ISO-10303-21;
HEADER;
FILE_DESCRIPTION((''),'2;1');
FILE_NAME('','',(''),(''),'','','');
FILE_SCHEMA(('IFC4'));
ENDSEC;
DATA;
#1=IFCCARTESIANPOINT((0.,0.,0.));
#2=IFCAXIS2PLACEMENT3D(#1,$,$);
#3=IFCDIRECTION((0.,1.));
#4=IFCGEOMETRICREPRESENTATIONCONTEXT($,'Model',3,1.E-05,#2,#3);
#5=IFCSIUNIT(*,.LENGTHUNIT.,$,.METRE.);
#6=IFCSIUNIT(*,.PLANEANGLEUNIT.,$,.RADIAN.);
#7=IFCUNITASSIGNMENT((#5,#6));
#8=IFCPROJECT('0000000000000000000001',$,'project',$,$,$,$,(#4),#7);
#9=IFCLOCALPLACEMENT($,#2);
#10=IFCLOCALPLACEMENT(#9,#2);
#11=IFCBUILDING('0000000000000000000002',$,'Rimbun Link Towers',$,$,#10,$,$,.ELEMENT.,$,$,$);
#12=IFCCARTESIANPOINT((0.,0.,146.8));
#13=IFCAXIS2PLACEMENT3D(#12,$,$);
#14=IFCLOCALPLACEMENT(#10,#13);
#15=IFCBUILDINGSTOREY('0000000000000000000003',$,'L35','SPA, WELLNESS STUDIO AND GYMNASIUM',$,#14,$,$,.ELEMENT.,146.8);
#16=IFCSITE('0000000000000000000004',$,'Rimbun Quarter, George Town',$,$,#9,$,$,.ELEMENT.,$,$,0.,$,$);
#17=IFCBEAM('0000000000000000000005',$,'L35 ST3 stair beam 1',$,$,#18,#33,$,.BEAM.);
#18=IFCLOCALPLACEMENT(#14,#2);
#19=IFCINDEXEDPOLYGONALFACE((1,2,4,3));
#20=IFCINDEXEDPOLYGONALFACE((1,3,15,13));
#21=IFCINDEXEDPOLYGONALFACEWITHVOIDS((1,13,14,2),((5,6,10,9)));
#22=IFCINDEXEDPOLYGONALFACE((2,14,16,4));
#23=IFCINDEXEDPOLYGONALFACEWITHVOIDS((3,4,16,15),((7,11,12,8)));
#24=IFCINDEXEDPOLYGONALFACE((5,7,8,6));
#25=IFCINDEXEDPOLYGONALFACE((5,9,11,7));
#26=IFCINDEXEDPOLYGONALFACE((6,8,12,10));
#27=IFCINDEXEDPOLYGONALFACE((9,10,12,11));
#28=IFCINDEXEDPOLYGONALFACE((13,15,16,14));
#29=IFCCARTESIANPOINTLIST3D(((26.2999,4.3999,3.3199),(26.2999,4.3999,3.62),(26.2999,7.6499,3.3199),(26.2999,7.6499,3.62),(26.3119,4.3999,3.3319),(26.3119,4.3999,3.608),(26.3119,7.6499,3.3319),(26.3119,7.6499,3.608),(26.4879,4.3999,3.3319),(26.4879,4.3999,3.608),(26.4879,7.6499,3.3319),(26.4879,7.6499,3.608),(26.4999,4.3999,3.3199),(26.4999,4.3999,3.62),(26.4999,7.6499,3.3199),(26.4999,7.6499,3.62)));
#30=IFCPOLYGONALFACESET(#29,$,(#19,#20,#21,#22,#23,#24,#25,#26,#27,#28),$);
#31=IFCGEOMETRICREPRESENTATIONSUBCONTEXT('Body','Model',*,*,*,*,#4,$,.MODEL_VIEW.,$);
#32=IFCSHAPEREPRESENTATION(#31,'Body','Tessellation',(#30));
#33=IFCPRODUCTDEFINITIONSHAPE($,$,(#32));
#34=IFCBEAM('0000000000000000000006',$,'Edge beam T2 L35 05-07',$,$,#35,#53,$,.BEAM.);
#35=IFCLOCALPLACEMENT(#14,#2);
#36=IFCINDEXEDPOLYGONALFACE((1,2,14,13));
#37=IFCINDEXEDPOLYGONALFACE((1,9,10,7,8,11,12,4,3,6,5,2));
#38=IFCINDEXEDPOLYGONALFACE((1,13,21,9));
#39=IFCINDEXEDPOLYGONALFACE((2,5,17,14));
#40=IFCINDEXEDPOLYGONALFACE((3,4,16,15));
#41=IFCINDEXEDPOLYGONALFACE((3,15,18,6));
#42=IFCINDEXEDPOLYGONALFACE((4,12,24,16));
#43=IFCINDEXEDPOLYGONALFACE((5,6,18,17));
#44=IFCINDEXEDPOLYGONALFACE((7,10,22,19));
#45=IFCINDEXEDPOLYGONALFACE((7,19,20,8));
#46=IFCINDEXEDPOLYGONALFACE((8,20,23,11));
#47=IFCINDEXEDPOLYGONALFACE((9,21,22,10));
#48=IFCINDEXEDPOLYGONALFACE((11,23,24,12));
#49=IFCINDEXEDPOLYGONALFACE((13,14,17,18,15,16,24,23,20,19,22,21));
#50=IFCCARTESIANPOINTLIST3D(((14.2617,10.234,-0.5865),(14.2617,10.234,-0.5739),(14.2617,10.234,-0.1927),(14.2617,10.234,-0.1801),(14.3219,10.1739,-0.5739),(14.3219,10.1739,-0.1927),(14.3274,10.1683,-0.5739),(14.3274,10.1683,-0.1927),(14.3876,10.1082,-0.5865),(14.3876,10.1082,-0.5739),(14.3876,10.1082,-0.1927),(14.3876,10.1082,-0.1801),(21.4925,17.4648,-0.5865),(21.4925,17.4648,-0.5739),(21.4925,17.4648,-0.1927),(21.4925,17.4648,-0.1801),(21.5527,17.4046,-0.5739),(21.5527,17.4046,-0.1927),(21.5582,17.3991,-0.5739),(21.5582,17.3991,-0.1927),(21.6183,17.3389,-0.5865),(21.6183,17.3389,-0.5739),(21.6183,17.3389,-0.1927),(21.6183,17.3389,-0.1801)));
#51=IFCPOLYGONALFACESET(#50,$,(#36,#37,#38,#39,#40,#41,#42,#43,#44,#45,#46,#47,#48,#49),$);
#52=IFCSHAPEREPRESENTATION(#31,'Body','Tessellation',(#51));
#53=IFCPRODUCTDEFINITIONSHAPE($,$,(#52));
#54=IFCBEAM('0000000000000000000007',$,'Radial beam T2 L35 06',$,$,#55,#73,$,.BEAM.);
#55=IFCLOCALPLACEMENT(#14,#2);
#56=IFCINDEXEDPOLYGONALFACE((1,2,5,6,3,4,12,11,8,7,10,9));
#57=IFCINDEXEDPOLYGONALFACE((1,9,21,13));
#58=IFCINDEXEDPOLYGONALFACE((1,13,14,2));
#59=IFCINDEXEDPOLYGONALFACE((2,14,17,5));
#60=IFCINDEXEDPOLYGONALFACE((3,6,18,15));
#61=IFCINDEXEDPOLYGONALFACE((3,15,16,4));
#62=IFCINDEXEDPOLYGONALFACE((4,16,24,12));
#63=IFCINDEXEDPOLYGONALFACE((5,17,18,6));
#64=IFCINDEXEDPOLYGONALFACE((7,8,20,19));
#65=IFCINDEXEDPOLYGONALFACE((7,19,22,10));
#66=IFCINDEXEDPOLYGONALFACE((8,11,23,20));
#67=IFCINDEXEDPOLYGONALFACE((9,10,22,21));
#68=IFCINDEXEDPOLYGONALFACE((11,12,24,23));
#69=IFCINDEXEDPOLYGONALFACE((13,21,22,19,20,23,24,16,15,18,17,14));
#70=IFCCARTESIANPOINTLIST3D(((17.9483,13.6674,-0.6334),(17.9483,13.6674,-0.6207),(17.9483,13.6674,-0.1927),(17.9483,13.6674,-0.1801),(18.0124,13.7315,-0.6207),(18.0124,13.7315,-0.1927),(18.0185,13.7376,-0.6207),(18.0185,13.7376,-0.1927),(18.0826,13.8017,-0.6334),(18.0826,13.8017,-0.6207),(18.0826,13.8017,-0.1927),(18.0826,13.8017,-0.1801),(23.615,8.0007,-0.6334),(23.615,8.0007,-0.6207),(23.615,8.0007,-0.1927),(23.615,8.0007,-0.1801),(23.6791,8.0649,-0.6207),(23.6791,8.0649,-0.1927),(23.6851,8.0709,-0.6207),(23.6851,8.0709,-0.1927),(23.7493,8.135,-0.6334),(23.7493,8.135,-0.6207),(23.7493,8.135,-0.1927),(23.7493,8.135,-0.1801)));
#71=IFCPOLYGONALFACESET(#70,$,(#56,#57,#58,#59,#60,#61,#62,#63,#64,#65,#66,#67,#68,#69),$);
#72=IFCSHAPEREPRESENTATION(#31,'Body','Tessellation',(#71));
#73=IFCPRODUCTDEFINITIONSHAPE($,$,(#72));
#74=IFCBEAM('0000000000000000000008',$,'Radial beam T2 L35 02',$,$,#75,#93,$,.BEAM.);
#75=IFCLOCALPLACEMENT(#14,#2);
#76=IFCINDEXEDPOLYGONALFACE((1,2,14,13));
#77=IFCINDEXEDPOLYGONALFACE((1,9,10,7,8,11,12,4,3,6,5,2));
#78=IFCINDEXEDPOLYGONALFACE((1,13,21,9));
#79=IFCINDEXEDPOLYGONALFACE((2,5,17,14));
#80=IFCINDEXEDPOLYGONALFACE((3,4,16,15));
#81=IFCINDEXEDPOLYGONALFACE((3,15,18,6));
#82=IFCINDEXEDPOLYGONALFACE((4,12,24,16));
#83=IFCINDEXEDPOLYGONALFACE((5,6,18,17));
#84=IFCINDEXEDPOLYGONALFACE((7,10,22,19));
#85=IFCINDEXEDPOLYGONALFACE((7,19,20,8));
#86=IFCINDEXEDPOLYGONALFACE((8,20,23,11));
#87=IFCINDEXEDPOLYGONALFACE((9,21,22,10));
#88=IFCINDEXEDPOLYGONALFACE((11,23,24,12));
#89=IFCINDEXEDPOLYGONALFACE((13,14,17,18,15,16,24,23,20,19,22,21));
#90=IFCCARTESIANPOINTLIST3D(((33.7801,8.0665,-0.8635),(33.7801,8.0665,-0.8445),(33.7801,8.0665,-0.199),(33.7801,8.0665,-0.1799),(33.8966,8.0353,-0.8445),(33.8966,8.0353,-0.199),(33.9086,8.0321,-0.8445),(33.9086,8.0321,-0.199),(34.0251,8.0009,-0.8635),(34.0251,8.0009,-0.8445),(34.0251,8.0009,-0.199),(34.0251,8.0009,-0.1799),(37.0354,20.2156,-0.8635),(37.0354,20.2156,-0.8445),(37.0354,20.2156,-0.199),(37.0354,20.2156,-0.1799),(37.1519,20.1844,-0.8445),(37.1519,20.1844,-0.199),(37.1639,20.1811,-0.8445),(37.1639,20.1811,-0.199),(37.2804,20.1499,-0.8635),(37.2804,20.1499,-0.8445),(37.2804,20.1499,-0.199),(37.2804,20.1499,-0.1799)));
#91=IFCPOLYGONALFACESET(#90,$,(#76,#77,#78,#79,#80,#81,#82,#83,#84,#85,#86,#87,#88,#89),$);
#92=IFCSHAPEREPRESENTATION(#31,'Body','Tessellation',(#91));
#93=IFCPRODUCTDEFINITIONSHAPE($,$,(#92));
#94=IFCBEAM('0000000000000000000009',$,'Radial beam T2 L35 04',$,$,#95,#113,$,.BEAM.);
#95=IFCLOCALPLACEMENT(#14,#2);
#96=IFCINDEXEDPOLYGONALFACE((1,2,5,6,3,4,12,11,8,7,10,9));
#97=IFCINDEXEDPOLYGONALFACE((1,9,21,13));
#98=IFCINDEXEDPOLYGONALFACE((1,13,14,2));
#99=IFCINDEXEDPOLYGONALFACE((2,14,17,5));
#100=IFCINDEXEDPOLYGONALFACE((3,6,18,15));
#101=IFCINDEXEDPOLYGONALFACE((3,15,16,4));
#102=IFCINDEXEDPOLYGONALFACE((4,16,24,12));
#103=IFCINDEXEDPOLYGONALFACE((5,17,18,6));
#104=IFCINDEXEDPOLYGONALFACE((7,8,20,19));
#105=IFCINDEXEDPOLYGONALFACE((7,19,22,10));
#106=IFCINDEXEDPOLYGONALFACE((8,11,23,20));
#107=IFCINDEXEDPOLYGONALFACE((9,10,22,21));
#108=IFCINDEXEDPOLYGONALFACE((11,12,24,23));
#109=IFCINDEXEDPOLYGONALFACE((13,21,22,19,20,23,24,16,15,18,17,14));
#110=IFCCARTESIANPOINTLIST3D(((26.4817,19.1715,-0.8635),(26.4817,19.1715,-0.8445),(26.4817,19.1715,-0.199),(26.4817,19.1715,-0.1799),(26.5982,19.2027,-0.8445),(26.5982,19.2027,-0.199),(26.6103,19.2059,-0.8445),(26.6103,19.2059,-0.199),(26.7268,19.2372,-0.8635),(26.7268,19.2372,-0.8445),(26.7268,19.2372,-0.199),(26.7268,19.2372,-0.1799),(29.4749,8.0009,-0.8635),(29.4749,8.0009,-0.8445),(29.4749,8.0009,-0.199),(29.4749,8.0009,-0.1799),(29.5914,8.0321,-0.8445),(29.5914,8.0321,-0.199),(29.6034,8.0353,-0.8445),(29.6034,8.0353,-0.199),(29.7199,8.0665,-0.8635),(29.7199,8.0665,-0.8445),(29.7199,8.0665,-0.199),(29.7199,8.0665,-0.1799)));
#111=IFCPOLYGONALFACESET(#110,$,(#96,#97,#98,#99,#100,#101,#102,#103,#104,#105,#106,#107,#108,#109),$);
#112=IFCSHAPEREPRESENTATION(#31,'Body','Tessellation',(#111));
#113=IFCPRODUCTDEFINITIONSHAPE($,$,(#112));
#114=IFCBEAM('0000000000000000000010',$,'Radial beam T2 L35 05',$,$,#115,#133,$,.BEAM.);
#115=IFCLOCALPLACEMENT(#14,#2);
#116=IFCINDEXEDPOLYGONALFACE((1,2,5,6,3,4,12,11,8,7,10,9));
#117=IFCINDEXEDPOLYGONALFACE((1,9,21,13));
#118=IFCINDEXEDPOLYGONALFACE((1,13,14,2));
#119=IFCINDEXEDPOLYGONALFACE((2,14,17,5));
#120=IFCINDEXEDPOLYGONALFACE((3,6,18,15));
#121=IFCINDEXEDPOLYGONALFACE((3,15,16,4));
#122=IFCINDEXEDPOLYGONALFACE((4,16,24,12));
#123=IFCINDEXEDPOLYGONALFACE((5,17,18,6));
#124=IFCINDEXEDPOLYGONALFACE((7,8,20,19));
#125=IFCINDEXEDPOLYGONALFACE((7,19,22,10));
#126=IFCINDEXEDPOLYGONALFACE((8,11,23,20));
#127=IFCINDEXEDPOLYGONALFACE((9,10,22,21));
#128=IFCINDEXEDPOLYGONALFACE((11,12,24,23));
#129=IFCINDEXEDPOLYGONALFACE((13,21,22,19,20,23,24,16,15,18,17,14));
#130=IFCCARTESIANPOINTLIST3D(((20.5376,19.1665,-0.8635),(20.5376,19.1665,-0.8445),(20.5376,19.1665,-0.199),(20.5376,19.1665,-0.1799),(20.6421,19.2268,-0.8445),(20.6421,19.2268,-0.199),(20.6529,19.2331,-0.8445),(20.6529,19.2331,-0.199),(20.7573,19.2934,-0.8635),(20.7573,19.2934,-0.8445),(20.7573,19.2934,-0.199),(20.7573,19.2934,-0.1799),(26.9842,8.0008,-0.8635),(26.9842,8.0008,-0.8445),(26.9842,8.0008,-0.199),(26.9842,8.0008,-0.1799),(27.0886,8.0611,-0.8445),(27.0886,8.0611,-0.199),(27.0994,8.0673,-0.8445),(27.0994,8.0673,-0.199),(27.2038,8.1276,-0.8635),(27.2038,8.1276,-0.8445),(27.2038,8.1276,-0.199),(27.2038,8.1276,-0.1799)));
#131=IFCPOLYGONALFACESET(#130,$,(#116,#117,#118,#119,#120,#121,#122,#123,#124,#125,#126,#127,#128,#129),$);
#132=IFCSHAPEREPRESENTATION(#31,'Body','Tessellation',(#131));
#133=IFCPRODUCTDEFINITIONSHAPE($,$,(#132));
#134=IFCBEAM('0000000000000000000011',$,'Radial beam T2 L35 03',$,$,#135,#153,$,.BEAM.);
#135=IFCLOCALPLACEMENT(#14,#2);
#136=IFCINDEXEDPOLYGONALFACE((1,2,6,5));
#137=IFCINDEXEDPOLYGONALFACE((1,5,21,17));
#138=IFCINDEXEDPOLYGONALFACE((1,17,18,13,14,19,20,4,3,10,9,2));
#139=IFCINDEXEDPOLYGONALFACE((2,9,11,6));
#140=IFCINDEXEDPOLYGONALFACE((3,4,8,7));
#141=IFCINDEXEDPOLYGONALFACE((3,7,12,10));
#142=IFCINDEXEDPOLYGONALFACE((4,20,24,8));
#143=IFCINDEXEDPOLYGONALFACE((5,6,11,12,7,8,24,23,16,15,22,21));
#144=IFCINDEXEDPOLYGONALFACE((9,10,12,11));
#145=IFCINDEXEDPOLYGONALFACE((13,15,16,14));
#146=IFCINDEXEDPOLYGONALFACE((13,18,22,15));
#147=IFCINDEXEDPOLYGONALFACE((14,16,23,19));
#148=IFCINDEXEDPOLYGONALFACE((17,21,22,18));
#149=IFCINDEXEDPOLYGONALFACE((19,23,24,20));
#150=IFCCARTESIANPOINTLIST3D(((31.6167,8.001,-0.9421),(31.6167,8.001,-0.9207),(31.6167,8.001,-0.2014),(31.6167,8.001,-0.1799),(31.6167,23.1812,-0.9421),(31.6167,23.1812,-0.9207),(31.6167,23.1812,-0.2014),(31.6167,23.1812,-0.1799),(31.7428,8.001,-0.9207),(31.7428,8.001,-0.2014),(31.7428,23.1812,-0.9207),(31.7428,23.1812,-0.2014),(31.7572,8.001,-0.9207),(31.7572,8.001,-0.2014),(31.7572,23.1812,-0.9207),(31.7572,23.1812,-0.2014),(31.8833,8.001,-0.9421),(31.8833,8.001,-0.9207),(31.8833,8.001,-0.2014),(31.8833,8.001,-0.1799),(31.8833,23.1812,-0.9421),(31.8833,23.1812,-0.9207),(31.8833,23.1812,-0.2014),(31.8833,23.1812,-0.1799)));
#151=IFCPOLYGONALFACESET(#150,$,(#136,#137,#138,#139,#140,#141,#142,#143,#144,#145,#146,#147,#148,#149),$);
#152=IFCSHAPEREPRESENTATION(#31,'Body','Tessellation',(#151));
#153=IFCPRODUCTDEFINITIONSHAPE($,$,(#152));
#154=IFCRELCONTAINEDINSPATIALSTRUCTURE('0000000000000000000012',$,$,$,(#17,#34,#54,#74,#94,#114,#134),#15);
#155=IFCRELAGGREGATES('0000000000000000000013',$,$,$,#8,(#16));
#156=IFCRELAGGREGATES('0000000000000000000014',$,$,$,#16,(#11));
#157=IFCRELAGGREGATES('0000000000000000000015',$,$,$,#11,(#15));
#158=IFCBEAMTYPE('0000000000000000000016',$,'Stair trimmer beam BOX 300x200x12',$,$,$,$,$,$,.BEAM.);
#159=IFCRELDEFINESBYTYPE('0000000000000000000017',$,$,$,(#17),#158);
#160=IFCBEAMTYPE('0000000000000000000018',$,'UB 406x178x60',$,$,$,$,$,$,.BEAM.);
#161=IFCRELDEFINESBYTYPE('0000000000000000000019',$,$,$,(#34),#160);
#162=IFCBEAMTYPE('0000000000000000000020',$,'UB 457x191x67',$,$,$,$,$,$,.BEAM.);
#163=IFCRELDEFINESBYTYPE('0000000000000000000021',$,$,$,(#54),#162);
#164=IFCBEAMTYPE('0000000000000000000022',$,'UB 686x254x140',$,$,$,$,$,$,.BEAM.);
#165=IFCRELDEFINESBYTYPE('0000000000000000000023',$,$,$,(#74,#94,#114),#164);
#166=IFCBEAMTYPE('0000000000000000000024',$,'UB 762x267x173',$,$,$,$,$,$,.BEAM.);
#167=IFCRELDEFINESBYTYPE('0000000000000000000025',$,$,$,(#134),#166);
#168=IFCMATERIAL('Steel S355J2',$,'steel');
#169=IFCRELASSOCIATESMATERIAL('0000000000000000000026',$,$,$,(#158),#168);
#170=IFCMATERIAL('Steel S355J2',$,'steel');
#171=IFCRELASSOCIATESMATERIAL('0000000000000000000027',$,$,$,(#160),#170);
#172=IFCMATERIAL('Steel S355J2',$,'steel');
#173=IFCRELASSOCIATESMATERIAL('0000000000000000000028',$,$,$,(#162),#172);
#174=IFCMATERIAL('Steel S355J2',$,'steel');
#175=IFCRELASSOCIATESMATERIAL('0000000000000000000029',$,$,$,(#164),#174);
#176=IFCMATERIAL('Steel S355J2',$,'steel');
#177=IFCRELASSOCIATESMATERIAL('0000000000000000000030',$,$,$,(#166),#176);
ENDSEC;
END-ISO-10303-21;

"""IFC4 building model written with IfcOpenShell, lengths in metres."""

from ifc_helpers import new_model, si_unit, direction, frame, origin, origin_2d, place, context, subcontext, project, spatial, hollow_rectangle, i_section, extrude, material, material_profile, profile_set, type_object, element, save


model = new_model("IFC4")

# Units and contexts
model_context = context("Model", 3, precision=1e-05, world=origin(), true_north=direction((0.0, 1.0)))
body_context = subcontext(model_context, "Body", "Model", "MODEL_VIEW")
ifc_project = project(units=[si_unit("LENGTHUNIT", "METRE"), si_unit("PLANEANGLEUNIT", "RADIAN")], contexts=[model_context])

# Site, building, storey
site_placement = place(None, origin())
site = spatial("IfcSite", under=ifc_project, at=site_placement, Name="Rimbun Quarter, George Town", CompositionType="ELEMENT", RefElevation=0.0)
building_placement = place(site_placement, origin())
building = spatial("IfcBuilding", under=site, at=building_placement, Name="Rimbun Link Towers", CompositionType="ELEMENT")
storey_placement = place(building_placement, frame((0.0, 0.0, 146.8)))
storey = spatial("IfcBuildingStorey", under=building, at=storey_placement, Name="L35", Description="SPA, WELLNESS STUDIO AND GYMNASIUM", CompositionType="ELEMENT", Elevation=146.8)

# Beams
ifc_material_1 = material(Name="Steel S355J2", Category="steel")
ifc_material_profile_1 = material_profile(ifc_material_1, hollow_rectangle(XDim=0.2, YDim=0.3, WallThickness=0.012, at=origin_2d()), Name="BOX 300x200x12")
ifc_profile_set_1 = profile_set([ifc_material_profile_1], Name="Steel S355J2")
beam_type_1 = type_object("IfcBeamType", Name="Stair trimmer beam BOX 300x200x12", PredefinedType="BEAM", material=ifc_profile_set_1)
beam_1_placement = place(storey_placement, frame((26.3999, 7.6499, 3.47), z_axis=(0.0, -1.0, 0.0), x_axis=(1.0, 0.0, 0.0)))
element("IfcBeam", 1, at=beam_1_placement, inside=storey, type_object=beam_type_1, Name="L35 ST3 stair beam 1", PredefinedType="BEAM", context=body_context, shape_type="SweptSolid", body=[
    extrude(hollow_rectangle(XDim=0.2, YDim=0.3, WallThickness=0.012, at=origin_2d()), origin(), (0.0, 0.0, 1.0), 3.25),
])
ifc_material_2 = material(Name="Steel S355J2", Category="steel")
ifc_material_profile_2 = material_profile(ifc_material_2, i_section(OverallWidth=0.178, OverallDepth=0.4065, WebThickness=0.0078, FlangeThickness=0.0127, at=origin_2d()), Name="UB 406x178x60")
ifc_profile_set_2 = profile_set([ifc_material_profile_2], Name="Steel S355J2")
beam_type_2 = type_object("IfcBeamType", Name="UB 406x178x60", PredefinedType="BEAM", material=ifc_profile_set_2)
beam_2_placement = place(storey_placement, frame((21.5554, 17.4019, -0.3833), z_axis=(-0.707107, -0.707107, 0.0), x_axis=(0.707107, -0.707107, 0.0)))
element("IfcBeam", 2, at=beam_2_placement, inside=storey, type_object=beam_type_2, Name="Edge beam T2 L35 05-07", PredefinedType="BEAM", context=body_context, shape_type="SweptSolid", body=[
    extrude(i_section(OverallWidth=0.178, OverallDepth=0.4065, WebThickness=0.0078, FlangeThickness=0.0127, at=origin_2d()), origin(), (0.0, 0.0, 1.0), 10.2258),
])
ifc_material_3 = material(Name="Steel S355J2", Category="steel")
ifc_material_profile_3 = material_profile(ifc_material_3, i_section(OverallWidth=0.1899, OverallDepth=0.4534, WebThickness=0.0085, FlangeThickness=0.0127, at=origin_2d()), Name="UB 457x191x67")
ifc_profile_set_3 = profile_set([ifc_material_profile_3], Name="Steel S355J2")
beam_type_3 = type_object("IfcBeamType", Name="UB 457x191x67", PredefinedType="BEAM", material=ifc_profile_set_3)
beam_3_placement = place(storey_placement, frame((23.6821, 8.0679, -0.4067), z_axis=(-0.707107, 0.707107, 0.0), x_axis=(-0.707107, -0.707107, 0.0)))
element("IfcBeam", 3, at=beam_3_placement, inside=storey, type_object=beam_type_3, Name="Radial beam T2 L35 06", PredefinedType="BEAM", context=body_context, shape_type="SweptSolid", body=[
    extrude(i_section(OverallWidth=0.1899, OverallDepth=0.4534, WebThickness=0.0085, FlangeThickness=0.0127, at=origin_2d()), origin(), (0.0, 0.0, 1.0), 8.0139),
])
ifc_material_4 = material(Name="Steel S355J2", Category="steel")
ifc_material_profile_4 = material_profile(ifc_material_4, i_section(OverallWidth=0.2537, OverallDepth=0.6836, WebThickness=0.0125, FlangeThickness=0.019, at=origin_2d()), Name="UB 686x254x140")
ifc_profile_set_4 = profile_set([ifc_material_profile_4], Name="Steel S355J2")
beam_type_4 = type_object("IfcBeamType", Name="UB 686x254x140", PredefinedType="BEAM", material=ifc_profile_set_4)
beam_4_placement = place(storey_placement, frame((33.9026, 8.0337, -0.5217), z_axis=(0.25882, 0.965926, 0.0), x_axis=(-0.965926, 0.25882, 0.0)))
element("IfcBeam", 4, at=beam_4_placement, inside=storey, type_object=beam_type_4, Name="Radial beam T2 L35 02", PredefinedType="BEAM", context=body_context, shape_type="SweptSolid", body=[
    extrude(i_section(OverallWidth=0.2537, OverallDepth=0.6836, WebThickness=0.0125, FlangeThickness=0.019, at=origin_2d()), origin(), (0.0, 0.0, 1.0), 12.5776),
])
beam_5_placement = place(storey_placement, frame((29.5974, 8.0337, -0.5217), z_axis=(-0.258819, 0.965926, 0.0), x_axis=(-0.965926, -0.258819, 0.0)))
element("IfcBeam", 5, at=beam_5_placement, inside=storey, type_object=beam_type_4, Name="Radial beam T2 L35 04", PredefinedType="BEAM", context=body_context, shape_type="SweptSolid", body=[
    extrude(i_section(OverallWidth=0.2537, OverallDepth=0.6836, WebThickness=0.0125, FlangeThickness=0.019, at=origin_2d()), origin(), (0.0, 0.0, 1.0), 11.5647),
])
beam_6_placement = place(storey_placement, frame((27.094, 8.0642, -0.5217), z_axis=(-0.499998, 0.866026, 0.0), x_axis=(-0.866026, -0.499998, 0.0)))
element("IfcBeam", 6, at=beam_6_placement, inside=storey, type_object=beam_type_4, Name="Radial beam T2 L35 05", PredefinedType="BEAM", context=body_context, shape_type="SweptSolid", body=[
    extrude(i_section(OverallWidth=0.2537, OverallDepth=0.6836, WebThickness=0.0125, FlangeThickness=0.019, at=origin_2d()), origin(), (0.0, 0.0, 1.0), 12.8931),
])
ifc_material_5 = material(Name="Steel S355J2", Category="steel")
ifc_material_profile_5 = material_profile(ifc_material_5, i_section(OverallWidth=0.2666, OverallDepth=0.7622, WebThickness=0.0144, FlangeThickness=0.0215, at=origin_2d()), Name="UB 762x267x173")
ifc_profile_set_5 = profile_set([ifc_material_profile_5], Name="Steel S355J2")
beam_type_5 = type_object("IfcBeamType", Name="UB 762x267x173", PredefinedType="BEAM", material=ifc_profile_set_5)
beam_7_placement = place(storey_placement, frame((31.75, 8.001, -0.561), z_axis=(0.0, 1.0, 0.0), x_axis=(-1.0, 0.0, 0.0)))
element("IfcBeam", 7, at=beam_7_placement, inside=storey, type_object=beam_type_5, Name="Radial beam T2 L35 03", PredefinedType="BEAM", context=body_context, shape_type="SweptSolid", body=[
    extrude(i_section(OverallWidth=0.2666, OverallDepth=0.7622, WebThickness=0.0144, FlangeThickness=0.0215, at=origin_2d()), origin(), (0.0, 0.0, 1.0), 15.1802),
])

save(model, "model.ifc")
